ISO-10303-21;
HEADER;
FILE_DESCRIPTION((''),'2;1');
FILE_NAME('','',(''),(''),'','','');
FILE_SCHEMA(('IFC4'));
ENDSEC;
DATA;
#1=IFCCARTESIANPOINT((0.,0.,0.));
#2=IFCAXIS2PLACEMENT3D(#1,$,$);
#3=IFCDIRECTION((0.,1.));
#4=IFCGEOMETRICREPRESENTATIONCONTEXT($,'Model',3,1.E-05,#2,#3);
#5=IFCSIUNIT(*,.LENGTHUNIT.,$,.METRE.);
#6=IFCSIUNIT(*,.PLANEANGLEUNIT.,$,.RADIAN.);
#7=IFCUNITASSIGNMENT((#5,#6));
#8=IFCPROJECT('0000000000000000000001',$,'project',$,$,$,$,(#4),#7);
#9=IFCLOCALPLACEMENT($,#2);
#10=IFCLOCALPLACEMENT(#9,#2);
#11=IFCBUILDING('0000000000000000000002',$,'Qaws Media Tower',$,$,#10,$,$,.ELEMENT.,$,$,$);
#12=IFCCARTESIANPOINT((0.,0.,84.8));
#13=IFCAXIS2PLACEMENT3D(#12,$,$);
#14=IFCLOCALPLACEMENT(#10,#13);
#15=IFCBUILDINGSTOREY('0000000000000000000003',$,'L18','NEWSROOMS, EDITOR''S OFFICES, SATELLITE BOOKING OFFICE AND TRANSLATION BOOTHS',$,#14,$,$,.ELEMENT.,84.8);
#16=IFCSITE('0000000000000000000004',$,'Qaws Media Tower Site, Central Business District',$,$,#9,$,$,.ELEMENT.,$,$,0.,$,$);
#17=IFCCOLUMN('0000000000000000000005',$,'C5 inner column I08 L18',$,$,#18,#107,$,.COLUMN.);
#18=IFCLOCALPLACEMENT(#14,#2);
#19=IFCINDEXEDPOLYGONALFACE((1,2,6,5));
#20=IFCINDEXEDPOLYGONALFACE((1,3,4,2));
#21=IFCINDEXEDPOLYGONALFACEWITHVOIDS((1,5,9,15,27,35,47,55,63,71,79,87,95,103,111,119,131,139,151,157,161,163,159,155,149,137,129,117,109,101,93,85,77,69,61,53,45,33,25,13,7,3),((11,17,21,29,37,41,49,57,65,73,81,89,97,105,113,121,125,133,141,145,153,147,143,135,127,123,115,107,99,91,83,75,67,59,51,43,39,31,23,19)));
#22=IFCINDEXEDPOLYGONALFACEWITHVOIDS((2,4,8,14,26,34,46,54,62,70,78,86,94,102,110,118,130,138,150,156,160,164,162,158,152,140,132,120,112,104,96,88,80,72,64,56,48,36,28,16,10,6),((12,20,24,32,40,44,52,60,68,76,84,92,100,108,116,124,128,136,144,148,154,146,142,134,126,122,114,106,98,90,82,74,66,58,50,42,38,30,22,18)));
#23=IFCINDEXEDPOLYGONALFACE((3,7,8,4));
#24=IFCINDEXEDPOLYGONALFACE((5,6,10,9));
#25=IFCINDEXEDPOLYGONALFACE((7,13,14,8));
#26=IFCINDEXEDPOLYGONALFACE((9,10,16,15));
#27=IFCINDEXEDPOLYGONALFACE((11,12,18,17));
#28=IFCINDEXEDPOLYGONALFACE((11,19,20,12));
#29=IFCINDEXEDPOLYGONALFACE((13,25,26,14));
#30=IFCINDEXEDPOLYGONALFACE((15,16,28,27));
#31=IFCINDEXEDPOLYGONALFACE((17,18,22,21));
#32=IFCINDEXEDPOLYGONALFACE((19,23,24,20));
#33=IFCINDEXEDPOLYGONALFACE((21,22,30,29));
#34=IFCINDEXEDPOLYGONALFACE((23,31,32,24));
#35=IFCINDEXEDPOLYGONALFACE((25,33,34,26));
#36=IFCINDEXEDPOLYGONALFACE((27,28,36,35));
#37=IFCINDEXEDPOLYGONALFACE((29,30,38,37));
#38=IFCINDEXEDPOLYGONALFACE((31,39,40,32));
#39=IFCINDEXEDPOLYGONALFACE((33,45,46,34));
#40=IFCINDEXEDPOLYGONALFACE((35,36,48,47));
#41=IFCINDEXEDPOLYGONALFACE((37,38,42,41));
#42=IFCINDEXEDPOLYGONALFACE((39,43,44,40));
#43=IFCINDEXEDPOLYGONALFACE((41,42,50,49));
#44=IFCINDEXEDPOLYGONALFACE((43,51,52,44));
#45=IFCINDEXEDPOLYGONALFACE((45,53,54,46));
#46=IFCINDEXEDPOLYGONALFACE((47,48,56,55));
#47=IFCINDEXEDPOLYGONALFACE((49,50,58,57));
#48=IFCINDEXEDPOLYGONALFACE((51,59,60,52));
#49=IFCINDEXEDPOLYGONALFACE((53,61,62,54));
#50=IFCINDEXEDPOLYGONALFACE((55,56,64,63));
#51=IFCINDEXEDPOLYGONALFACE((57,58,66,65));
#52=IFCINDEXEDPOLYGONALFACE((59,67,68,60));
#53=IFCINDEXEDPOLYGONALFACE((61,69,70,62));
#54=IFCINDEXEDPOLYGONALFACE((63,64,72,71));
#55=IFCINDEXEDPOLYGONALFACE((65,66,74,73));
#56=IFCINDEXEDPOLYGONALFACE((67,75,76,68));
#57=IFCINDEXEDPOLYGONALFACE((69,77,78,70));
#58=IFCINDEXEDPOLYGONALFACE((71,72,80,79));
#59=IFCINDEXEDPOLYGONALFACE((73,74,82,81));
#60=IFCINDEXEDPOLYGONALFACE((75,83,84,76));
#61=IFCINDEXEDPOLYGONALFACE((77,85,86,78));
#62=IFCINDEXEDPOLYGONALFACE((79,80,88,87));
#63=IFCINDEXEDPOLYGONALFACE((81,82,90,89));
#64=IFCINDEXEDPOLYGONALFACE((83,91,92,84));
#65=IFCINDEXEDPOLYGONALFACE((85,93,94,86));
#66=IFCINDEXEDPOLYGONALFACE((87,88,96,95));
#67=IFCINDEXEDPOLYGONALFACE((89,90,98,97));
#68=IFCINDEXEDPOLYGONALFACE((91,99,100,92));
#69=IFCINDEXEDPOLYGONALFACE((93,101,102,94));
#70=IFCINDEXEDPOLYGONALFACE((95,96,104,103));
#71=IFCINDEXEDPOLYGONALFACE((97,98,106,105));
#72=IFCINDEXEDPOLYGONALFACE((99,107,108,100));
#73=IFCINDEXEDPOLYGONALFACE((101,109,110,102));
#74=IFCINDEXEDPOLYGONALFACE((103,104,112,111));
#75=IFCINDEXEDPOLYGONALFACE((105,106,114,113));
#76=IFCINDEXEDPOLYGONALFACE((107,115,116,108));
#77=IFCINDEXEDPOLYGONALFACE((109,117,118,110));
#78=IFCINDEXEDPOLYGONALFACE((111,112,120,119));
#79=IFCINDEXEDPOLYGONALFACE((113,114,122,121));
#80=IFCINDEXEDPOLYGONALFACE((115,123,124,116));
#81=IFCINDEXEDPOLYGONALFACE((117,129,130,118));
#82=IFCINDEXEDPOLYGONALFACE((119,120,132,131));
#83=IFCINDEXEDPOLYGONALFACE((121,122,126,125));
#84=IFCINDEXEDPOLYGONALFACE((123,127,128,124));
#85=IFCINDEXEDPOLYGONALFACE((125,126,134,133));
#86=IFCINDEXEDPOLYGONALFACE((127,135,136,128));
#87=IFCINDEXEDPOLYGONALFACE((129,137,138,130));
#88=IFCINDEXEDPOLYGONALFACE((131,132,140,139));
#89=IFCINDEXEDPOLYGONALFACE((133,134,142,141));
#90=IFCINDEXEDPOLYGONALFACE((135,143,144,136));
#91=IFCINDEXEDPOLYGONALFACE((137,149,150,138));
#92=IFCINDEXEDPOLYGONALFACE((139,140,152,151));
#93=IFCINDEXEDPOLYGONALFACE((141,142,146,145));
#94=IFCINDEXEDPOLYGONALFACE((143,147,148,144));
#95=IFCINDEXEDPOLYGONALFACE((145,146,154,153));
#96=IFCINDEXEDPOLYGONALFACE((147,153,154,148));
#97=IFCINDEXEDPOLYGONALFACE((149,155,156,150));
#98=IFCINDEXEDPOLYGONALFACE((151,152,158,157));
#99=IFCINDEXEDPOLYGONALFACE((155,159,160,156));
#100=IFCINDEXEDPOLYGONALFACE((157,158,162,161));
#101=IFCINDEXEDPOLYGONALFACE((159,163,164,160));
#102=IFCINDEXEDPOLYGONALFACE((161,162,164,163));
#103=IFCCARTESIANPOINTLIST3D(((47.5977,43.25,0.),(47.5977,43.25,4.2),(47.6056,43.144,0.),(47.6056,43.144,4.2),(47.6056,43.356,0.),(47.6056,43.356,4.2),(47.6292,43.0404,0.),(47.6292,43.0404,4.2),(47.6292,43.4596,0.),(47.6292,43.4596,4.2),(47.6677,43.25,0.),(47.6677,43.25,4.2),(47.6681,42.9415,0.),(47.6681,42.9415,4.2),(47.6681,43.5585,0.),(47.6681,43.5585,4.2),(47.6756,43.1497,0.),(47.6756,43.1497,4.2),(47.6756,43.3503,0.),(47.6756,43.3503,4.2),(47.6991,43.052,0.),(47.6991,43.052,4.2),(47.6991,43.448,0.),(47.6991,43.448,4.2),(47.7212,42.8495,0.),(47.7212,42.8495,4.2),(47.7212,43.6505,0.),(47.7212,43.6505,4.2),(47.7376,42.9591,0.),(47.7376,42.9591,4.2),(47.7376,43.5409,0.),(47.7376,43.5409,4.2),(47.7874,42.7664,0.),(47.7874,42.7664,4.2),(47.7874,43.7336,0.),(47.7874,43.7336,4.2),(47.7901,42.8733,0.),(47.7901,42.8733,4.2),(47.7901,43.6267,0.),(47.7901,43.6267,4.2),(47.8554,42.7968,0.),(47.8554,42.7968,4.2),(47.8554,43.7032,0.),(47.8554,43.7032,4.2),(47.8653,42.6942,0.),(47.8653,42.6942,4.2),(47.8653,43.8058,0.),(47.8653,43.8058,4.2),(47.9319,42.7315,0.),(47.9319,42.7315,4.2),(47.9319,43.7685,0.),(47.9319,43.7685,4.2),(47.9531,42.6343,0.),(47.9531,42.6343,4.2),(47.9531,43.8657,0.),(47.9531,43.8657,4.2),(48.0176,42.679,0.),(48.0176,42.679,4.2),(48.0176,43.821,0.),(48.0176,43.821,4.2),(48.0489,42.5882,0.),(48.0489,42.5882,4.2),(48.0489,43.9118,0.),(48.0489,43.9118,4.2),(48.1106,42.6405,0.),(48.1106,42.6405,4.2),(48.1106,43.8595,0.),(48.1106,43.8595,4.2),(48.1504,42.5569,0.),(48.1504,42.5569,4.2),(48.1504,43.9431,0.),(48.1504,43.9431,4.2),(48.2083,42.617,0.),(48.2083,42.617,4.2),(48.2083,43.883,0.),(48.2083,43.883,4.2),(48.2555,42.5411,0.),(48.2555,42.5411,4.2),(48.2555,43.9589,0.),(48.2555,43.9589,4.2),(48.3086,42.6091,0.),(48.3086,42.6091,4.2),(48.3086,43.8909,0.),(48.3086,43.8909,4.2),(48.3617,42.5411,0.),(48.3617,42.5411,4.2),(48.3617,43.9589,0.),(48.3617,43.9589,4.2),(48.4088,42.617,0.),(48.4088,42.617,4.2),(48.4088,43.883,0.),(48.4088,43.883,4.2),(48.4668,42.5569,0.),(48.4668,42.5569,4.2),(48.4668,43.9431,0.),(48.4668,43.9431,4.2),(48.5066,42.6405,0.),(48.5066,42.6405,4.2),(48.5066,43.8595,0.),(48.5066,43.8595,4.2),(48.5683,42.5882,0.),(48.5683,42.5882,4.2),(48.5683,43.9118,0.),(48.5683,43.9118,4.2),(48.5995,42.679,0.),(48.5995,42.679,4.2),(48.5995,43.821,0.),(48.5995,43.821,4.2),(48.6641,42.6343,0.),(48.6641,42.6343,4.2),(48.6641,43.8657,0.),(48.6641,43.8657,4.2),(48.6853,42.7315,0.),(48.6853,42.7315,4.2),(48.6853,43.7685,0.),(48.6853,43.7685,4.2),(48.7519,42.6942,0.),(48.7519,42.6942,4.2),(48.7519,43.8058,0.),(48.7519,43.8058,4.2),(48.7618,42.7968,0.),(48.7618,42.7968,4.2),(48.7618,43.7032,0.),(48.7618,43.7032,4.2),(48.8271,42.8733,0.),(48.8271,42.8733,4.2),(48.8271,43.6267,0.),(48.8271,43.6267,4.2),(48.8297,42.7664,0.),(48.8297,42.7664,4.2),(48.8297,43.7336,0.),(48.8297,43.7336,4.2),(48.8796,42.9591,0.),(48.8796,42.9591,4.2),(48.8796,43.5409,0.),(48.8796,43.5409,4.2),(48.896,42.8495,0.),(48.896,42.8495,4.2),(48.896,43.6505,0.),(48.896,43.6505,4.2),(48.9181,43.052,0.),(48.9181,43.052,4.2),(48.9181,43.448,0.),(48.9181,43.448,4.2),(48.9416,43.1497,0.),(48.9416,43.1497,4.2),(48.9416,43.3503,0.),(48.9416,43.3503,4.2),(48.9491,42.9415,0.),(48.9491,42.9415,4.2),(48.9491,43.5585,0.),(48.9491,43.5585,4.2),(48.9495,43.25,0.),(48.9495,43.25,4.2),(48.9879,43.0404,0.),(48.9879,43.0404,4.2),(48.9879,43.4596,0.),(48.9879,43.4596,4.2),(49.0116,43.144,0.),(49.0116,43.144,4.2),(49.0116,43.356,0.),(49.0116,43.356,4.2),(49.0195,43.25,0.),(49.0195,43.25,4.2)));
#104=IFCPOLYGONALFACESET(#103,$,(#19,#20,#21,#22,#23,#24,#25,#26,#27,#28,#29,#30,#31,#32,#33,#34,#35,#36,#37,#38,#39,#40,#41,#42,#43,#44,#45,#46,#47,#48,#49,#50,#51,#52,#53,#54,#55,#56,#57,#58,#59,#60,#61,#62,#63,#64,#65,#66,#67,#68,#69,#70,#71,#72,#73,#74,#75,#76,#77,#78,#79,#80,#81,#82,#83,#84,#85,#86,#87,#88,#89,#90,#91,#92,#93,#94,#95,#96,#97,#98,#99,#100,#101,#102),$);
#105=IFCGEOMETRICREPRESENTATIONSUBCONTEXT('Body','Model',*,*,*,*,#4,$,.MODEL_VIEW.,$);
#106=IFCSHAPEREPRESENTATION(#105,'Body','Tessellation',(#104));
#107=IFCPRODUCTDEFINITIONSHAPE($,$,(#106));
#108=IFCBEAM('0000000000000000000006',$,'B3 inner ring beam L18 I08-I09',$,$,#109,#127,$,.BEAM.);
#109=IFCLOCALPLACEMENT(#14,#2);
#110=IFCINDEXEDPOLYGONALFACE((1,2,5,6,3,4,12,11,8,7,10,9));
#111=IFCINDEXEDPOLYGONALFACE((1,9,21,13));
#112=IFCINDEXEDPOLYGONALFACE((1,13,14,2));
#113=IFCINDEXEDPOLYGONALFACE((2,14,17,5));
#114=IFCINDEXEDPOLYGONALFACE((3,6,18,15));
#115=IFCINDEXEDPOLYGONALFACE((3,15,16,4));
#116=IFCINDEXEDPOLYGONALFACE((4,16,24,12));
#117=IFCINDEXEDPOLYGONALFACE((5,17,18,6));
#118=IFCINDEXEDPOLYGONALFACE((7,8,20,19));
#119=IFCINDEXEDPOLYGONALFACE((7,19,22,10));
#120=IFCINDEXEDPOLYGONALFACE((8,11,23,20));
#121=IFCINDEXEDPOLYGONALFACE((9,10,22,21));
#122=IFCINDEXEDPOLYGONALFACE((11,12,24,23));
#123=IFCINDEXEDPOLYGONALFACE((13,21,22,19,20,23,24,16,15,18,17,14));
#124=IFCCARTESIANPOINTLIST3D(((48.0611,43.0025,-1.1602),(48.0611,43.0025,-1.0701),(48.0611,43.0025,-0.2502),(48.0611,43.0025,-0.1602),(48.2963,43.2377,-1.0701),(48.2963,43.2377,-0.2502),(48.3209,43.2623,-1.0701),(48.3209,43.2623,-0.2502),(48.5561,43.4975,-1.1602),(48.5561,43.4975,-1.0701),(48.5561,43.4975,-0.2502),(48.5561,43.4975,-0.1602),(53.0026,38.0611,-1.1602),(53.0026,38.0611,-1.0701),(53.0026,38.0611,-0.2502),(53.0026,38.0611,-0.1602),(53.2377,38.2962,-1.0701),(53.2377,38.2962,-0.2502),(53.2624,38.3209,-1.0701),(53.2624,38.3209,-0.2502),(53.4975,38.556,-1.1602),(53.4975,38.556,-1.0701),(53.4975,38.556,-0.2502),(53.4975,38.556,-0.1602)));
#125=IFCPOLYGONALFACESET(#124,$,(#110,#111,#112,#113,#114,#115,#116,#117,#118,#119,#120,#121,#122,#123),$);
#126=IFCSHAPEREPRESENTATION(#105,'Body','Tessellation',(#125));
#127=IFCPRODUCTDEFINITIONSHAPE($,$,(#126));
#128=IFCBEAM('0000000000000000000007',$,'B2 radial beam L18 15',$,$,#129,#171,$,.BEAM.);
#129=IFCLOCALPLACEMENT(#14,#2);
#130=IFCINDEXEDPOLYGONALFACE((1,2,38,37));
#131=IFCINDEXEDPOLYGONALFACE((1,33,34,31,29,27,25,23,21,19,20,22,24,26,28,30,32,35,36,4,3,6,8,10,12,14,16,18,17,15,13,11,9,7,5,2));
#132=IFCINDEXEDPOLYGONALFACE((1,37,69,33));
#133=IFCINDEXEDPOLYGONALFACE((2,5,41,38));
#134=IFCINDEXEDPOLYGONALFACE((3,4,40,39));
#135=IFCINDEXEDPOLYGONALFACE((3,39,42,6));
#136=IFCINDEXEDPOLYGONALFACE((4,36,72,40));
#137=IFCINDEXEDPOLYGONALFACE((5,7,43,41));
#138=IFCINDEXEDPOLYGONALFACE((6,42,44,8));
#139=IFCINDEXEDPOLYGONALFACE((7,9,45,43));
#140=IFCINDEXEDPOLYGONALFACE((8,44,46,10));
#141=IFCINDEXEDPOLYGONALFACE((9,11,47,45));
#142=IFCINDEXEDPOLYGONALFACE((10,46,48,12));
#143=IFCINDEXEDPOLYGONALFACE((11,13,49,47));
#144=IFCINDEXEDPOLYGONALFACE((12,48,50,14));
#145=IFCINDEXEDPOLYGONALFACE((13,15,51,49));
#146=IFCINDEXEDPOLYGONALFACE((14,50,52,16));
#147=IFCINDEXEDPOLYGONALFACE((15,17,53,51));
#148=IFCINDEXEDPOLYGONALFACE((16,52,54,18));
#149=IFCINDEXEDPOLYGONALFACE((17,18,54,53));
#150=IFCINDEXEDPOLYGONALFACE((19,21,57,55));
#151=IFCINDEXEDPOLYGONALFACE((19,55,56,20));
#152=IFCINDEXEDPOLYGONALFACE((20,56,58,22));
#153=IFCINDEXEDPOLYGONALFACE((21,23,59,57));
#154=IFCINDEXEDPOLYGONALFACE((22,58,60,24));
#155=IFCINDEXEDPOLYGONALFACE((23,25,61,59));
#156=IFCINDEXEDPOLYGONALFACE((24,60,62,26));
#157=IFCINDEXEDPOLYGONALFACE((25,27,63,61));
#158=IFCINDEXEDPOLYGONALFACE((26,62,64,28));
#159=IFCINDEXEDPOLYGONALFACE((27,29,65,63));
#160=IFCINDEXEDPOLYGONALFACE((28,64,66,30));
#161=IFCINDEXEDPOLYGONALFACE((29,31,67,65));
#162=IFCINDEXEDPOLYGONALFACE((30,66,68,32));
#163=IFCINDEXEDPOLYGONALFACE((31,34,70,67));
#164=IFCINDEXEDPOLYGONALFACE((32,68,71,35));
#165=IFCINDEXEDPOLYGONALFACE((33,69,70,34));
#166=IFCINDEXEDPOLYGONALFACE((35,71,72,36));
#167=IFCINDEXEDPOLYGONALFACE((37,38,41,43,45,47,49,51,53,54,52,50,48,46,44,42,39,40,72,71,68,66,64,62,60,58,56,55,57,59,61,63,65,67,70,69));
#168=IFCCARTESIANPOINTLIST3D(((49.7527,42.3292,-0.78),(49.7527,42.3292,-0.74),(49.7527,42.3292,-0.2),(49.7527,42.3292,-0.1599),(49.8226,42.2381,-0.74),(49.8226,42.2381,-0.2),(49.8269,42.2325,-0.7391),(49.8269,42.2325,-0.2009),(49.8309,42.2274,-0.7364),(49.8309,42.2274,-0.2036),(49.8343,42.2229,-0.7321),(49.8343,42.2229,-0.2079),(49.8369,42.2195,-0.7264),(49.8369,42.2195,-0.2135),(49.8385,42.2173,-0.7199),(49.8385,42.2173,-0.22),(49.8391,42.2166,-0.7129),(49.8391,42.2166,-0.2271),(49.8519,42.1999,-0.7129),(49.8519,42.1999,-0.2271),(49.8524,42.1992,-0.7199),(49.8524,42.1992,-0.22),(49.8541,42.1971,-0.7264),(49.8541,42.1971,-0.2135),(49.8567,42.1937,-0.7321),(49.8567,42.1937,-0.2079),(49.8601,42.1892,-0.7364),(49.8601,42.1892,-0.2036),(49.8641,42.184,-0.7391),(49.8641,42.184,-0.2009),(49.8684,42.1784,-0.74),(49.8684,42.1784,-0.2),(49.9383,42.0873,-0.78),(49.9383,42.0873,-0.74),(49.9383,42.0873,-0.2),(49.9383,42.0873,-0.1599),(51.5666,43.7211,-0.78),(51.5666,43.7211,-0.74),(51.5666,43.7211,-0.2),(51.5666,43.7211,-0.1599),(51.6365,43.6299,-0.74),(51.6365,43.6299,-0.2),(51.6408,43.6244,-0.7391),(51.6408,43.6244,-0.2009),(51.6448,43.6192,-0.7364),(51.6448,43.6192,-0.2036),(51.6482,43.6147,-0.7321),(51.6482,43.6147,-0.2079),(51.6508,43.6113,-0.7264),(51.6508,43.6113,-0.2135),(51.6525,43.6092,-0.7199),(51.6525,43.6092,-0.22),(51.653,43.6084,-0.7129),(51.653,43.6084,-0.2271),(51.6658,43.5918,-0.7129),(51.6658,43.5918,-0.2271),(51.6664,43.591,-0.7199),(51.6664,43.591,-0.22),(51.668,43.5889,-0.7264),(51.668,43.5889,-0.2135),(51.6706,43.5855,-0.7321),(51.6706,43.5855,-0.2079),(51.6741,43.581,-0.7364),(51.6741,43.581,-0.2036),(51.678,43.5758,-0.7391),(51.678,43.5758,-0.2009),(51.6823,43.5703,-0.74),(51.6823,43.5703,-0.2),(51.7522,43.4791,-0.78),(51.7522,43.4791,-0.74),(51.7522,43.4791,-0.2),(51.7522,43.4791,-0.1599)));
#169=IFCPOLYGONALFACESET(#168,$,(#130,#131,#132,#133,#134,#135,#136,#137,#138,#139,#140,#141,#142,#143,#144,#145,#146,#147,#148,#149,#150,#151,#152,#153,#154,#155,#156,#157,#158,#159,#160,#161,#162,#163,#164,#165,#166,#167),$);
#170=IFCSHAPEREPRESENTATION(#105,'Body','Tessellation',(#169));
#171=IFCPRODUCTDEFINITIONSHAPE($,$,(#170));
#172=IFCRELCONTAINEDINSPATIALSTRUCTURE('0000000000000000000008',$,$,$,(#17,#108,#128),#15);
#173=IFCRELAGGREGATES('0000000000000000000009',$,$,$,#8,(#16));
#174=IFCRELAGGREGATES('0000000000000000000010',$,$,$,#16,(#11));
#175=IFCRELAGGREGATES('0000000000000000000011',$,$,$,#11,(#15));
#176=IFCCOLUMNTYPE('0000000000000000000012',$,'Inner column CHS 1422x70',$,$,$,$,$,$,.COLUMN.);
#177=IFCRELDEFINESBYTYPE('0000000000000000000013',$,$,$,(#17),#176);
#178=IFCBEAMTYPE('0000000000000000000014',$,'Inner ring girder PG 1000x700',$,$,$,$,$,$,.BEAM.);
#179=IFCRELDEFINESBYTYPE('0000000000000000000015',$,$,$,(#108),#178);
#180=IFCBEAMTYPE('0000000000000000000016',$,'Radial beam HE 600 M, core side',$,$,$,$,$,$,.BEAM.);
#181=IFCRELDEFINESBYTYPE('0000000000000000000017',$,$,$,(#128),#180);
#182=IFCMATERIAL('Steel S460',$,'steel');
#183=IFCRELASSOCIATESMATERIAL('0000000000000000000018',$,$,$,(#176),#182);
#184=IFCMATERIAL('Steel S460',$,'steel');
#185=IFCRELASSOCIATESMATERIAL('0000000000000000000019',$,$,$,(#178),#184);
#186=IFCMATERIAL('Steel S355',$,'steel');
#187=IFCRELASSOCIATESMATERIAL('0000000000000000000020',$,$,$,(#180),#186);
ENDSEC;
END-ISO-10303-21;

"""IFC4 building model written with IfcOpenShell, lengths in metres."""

from ifc_helpers import new_model, si_unit, direction, frame, origin, origin_2d, place, context, subcontext, project, spatial, hollow_circle, i_section, extrude, material, material_profile, profile_set, type_object, element, save


model = new_model("IFC4")

# Units and contexts
model_context = context("Model", 3, precision=1e-05, world=origin(), true_north=direction((0.0, 1.0)))
body_context = subcontext(model_context, "Body", "Model", "MODEL_VIEW")
ifc_project = project(units=[si_unit("LENGTHUNIT", "METRE"), si_unit("PLANEANGLEUNIT", "RADIAN")], contexts=[model_context])

# Site, building, storey
site_placement = place(None, origin())
site = spatial("IfcSite", under=ifc_project, at=site_placement, Name="Qaws Media Tower Site, Central Business District", CompositionType="ELEMENT", RefElevation=0.0)
building_placement = place(site_placement, origin())
building = spatial("IfcBuilding", under=site, at=building_placement, Name="Qaws Media Tower", CompositionType="ELEMENT")
storey_placement = place(building_placement, frame((0.0, 0.0, 84.8)))
storey = spatial("IfcBuildingStorey", under=building, at=storey_placement, Name="L18", Description="NEWSROOMS, EDITOR'S OFFICES, SATELLITE BOOKING OFFICE AND TRANSLATION BOOTHS", CompositionType="ELEMENT", Elevation=84.8)

# Column
ifc_material_1 = material(Name="Steel S460", Category="steel")
ifc_material_profile_1 = material_profile(ifc_material_1, hollow_circle(Radius=0.7109, WallThickness=0.0701, at=origin_2d()), Name="CHS 1422x70")
ifc_profile_set_1 = profile_set([ifc_material_profile_1], Name="Steel S460")
column_type = type_object("IfcColumnType", Name="Inner column CHS 1422x70", PredefinedType="COLUMN", material=ifc_profile_set_1)
column_placement = place(storey_placement, frame((48.3086, 43.25, 0.0), z_axis=(0.0, 0.0, 1.0), x_axis=(1.0, 0.0, 0.0)))
element("IfcColumn", 1, at=column_placement, inside=storey, type_object=column_type, Name="C5 inner column I08 L18", PredefinedType="COLUMN", context=body_context, shape_type="SweptSolid", body=[
    extrude(hollow_circle(Radius=0.7109, WallThickness=0.0701, at=origin_2d()), origin(), (0.0, 0.0, 1.0), 4.2),
])

# Beams
ifc_material_2 = material(Name="Steel S460", Category="steel")
ifc_material_profile_2 = material_profile(ifc_material_2, i_section(OverallWidth=0.7, OverallDepth=1.0, WebThickness=0.0349, FlangeThickness=0.0901, at=origin_2d()), Name="PG 1000x700")
ifc_profile_set_2 = profile_set([ifc_material_profile_2], Name="Steel S460")
beam_type_1 = type_object("IfcBeamType", Name="Inner ring girder PG 1000x700", PredefinedType="BEAM", material=ifc_profile_set_2)
beam_1_placement = place(storey_placement, frame((48.3086, 43.25, -0.6602), z_axis=(0.707107, -0.707107, 0.0), x_axis=(0.707107, 0.707107, 0.0)))
element("IfcBeam", 2, at=beam_1_placement, inside=storey, type_object=beam_type_1, Name="B3 inner ring beam L18 I08-I09", PredefinedType="BEAM", context=body_context, shape_type="SweptSolid", body=[
    extrude(i_section(OverallWidth=0.7, OverallDepth=1.0, WebThickness=0.0349, FlangeThickness=0.0901, at=origin_2d()), origin(), (0.0, 0.0, 1.0), 6.9883),
])
ifc_material_3 = material(Name="Steel S355", Category="steel")
ifc_material_profile_3 = material_profile(ifc_material_3, i_section(OverallWidth=0.3049, OverallDepth=0.6201, WebThickness=0.021, FlangeThickness=0.04, FilletRadius=0.0271, at=origin_2d()), Name="HE 600 M")
ifc_profile_set_3 = profile_set([ifc_material_profile_3], Name="Steel S355")
beam_type_2 = type_object("IfcBeamType", Name="Radial beam HE 600 M, core side", PredefinedType="BEAM", material=ifc_profile_set_3)
beam_2_placement = place(storey_placement, frame((51.6594, 43.6001, -0.47), z_axis=(-0.793366, -0.608745, 0.0), x_axis=(0.608745, -0.793366, 0.0)))
element("IfcBeam", 3, at=beam_2_placement, inside=storey, type_object=beam_type_2, Name="B2 radial beam L18 15", PredefinedType="BEAM", context=body_context, shape_type="SweptSolid", body=[
    extrude(i_section(OverallWidth=0.3049, OverallDepth=0.6201, WebThickness=0.021, FlangeThickness=0.04, FilletRadius=0.0271, at=origin_2d()), origin(), (0.0, 0.0, 1.0), 2.2864),
])

save(model, "model.ifc")
